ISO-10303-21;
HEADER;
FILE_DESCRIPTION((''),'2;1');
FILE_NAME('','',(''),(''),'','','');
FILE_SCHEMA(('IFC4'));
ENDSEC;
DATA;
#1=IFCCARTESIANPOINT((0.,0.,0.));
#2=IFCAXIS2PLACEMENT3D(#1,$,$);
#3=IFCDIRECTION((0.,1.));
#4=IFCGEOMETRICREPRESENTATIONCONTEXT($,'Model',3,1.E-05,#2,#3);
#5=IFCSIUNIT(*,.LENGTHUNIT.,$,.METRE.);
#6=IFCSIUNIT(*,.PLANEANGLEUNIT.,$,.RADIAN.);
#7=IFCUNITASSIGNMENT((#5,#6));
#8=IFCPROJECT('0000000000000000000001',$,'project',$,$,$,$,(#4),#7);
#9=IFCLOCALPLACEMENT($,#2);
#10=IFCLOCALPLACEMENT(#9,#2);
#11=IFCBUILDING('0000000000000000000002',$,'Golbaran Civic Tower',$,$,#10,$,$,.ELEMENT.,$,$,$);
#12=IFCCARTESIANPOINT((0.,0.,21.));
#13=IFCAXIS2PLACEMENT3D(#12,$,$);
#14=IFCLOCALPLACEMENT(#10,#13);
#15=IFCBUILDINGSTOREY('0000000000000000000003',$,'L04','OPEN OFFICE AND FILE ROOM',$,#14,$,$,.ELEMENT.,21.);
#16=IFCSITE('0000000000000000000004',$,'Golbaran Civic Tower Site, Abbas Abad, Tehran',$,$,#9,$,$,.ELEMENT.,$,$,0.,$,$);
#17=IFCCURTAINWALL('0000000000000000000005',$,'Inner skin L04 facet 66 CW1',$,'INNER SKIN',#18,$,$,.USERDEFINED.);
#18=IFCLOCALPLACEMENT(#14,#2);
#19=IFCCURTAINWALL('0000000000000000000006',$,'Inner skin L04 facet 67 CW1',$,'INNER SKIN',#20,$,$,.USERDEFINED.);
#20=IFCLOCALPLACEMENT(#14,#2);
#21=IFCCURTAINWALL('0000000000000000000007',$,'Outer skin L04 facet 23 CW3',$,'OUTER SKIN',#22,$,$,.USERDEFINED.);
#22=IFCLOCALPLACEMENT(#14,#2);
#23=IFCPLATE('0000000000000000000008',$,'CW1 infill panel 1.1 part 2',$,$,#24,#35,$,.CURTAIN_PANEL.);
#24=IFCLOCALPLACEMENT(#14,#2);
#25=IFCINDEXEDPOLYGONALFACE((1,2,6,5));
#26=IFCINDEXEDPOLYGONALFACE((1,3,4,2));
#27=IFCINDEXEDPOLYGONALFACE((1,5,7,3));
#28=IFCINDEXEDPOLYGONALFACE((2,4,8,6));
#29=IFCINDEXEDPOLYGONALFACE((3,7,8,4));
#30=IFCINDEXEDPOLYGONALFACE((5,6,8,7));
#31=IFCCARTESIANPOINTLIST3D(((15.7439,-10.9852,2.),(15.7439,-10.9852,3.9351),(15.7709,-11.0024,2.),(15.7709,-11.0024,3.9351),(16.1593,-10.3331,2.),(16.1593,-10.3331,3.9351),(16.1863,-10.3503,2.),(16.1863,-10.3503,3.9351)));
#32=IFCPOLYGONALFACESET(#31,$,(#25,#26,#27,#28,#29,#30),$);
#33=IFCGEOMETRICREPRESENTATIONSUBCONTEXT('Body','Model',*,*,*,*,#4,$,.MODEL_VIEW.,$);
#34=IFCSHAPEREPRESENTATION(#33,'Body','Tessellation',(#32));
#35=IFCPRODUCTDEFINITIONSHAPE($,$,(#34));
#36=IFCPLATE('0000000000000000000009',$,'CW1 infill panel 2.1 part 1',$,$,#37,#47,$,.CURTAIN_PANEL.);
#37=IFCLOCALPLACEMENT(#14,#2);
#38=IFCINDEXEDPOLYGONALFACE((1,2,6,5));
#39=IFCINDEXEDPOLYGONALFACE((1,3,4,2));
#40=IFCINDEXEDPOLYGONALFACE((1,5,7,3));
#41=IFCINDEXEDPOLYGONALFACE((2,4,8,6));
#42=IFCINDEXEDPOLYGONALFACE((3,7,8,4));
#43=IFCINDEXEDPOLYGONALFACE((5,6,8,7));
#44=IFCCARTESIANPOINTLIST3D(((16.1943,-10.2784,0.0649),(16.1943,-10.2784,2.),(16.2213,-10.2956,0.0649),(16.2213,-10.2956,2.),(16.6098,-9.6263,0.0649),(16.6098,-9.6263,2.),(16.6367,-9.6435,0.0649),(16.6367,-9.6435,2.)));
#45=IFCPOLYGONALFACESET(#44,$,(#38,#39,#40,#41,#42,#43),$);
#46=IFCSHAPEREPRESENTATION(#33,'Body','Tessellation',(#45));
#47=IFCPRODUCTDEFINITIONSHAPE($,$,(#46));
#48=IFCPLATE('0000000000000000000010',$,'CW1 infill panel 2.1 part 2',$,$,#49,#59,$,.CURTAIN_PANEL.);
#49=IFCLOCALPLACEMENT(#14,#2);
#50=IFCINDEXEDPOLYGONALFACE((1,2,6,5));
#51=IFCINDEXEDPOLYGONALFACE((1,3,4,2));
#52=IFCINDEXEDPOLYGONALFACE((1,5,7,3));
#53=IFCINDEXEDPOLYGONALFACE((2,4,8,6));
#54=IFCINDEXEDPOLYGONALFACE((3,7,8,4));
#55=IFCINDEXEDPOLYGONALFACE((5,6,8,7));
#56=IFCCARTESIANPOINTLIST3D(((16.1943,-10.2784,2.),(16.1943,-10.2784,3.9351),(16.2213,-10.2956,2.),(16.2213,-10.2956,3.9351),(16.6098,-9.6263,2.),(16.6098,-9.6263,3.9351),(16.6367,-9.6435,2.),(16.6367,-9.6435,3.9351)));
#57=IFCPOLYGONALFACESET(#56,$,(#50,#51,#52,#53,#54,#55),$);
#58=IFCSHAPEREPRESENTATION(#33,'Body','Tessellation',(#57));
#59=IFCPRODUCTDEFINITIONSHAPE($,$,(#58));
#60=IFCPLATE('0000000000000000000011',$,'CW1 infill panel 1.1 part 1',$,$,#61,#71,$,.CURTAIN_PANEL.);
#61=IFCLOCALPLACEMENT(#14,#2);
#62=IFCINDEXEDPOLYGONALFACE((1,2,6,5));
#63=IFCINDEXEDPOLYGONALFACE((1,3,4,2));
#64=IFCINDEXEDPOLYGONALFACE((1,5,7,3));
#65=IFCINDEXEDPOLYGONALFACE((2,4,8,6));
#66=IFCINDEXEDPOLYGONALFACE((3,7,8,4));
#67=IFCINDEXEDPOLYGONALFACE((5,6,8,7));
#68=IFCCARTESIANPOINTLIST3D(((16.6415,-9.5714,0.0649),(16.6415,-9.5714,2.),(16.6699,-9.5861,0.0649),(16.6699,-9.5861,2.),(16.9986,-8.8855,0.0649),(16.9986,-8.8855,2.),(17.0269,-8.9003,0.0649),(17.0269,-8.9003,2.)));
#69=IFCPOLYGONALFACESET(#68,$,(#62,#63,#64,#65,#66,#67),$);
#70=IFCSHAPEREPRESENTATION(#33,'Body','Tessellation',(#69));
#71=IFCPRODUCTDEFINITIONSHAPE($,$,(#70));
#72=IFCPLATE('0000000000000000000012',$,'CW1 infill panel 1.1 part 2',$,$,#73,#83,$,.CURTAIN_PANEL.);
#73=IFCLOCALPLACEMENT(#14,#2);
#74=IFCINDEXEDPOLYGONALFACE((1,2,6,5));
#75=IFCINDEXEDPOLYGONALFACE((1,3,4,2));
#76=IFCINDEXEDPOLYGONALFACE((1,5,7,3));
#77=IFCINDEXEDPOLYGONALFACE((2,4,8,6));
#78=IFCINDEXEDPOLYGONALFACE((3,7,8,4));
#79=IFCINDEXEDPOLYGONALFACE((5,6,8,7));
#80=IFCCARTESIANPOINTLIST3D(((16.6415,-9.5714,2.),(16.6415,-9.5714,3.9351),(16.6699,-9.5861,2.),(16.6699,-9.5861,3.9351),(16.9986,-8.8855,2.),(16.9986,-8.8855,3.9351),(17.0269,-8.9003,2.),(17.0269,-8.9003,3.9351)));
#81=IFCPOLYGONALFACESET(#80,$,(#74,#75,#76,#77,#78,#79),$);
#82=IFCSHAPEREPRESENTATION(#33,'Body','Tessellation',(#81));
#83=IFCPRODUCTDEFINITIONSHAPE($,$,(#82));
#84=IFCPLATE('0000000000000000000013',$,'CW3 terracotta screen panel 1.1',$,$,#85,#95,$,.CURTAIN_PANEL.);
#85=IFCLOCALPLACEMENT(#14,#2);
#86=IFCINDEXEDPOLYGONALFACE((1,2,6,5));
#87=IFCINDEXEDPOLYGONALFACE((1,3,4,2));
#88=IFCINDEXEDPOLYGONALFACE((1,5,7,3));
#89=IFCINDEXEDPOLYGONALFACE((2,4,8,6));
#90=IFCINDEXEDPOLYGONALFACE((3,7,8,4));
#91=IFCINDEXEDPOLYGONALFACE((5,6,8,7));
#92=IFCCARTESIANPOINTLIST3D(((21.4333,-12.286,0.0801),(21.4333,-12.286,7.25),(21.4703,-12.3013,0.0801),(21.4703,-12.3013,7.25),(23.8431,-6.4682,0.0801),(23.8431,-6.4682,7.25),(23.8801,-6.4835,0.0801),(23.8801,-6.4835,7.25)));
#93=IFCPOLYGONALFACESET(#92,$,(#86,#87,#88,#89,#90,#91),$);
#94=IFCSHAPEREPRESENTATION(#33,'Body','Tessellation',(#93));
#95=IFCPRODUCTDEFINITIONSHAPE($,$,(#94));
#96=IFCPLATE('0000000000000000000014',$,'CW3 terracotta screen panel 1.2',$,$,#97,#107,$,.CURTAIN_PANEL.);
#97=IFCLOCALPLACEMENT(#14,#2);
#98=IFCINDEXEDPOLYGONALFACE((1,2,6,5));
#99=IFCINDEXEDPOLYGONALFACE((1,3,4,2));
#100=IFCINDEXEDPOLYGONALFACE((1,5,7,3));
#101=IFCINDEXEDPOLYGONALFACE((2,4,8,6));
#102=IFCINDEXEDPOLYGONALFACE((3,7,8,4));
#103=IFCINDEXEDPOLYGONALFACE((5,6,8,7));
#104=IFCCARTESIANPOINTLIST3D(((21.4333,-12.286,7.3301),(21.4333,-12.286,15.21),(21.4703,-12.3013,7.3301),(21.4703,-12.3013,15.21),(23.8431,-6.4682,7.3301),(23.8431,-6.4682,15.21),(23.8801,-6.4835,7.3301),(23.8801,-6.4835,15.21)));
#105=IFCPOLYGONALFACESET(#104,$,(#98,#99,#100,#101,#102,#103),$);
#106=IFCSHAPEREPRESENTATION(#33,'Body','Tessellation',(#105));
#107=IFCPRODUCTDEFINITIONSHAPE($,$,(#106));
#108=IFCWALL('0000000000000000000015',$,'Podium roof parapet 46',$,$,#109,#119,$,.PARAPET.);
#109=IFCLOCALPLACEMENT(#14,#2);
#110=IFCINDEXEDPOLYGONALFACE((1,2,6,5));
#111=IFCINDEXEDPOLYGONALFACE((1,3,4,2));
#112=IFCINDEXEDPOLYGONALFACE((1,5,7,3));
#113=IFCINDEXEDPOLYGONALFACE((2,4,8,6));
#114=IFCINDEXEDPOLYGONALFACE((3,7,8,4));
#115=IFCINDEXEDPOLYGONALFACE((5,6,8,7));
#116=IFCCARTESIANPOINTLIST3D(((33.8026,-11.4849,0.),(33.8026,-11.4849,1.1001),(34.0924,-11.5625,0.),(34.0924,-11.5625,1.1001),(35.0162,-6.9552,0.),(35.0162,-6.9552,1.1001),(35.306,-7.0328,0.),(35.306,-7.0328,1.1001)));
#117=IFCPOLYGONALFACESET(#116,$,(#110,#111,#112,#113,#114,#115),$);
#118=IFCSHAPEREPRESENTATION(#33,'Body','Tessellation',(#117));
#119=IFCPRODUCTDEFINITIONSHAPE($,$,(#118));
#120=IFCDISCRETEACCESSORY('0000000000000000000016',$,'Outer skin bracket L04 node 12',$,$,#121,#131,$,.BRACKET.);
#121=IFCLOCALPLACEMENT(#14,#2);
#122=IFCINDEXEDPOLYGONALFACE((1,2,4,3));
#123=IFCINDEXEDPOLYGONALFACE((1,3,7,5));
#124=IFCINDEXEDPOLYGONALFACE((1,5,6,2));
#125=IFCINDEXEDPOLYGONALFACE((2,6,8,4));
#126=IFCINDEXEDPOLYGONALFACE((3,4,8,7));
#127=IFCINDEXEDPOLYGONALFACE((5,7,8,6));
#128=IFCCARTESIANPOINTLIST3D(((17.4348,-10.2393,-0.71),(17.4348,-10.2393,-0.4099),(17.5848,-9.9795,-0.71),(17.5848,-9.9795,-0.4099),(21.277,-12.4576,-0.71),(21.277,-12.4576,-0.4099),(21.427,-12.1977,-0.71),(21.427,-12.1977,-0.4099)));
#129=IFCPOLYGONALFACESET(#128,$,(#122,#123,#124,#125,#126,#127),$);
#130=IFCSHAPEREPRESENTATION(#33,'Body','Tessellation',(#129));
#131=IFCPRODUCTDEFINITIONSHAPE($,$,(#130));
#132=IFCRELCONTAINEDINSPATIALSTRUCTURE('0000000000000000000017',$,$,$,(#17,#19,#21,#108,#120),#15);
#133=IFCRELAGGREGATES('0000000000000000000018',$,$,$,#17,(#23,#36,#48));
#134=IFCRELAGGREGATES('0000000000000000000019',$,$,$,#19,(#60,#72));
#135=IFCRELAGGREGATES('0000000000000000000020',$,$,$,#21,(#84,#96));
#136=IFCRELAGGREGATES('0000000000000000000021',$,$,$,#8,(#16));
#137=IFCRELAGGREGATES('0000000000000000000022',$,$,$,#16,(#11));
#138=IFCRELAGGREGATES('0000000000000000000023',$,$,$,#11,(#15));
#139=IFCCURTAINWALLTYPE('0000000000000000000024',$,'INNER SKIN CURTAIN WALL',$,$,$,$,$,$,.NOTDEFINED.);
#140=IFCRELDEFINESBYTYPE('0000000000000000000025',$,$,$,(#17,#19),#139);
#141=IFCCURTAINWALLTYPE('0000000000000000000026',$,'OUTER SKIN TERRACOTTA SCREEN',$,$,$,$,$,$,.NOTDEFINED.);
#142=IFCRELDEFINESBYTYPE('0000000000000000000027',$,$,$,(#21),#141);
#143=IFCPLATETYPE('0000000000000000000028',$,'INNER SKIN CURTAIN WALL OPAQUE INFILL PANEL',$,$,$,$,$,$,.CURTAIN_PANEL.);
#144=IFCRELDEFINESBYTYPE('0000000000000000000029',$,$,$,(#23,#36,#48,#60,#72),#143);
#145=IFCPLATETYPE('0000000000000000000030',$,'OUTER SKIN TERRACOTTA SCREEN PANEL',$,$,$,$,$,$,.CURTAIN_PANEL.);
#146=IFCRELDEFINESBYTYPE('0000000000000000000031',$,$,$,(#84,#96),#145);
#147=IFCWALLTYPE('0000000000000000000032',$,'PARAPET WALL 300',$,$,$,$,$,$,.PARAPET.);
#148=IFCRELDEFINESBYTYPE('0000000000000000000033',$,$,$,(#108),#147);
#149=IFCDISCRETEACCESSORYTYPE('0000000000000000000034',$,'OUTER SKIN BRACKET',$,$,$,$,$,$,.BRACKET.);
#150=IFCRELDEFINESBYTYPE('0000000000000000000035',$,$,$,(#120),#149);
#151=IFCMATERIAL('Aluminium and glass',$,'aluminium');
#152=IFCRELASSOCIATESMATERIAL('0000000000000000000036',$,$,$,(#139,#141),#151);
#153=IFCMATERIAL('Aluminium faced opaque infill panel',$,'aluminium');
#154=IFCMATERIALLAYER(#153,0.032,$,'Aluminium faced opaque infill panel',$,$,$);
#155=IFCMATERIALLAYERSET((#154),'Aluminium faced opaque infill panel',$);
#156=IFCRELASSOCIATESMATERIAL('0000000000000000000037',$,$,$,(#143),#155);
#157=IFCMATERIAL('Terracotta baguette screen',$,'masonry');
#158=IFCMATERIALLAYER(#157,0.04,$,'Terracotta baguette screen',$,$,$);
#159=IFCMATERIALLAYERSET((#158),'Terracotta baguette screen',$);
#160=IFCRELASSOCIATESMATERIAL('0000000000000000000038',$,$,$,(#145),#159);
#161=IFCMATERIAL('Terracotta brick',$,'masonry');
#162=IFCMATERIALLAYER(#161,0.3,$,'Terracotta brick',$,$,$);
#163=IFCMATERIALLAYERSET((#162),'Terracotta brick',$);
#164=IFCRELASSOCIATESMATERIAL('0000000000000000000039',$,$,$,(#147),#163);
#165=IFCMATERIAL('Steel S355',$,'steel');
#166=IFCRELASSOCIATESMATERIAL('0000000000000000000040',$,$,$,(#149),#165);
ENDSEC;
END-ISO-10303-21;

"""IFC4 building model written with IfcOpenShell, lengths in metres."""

from ifc_helpers import new_model, si_unit, direction, frame, frame_2d, origin, origin_2d, place, context, subcontext, project, spatial, rectangle, extrude, material, layer, layer_set, type_object, element, aggregate, save


model = new_model("IFC4")

# Units and contexts
model_context = context("Model", 3, precision=1e-05, world=origin(), true_north=direction((0.0, 1.0)))
body_context = subcontext(model_context, "Body", "Model", "MODEL_VIEW")
ifc_project = project(units=[si_unit("LENGTHUNIT", "METRE"), si_unit("PLANEANGLEUNIT", "RADIAN")], contexts=[model_context])

# Site, building, storey
site_placement = place(None, origin())
site = spatial("IfcSite", under=ifc_project, at=site_placement, Name="Golbaran Civic Tower Site, Abbas Abad, Tehran", CompositionType="ELEMENT", RefElevation=0.0)
building_placement = place(site_placement, origin())
building = spatial("IfcBuilding", under=site, at=building_placement, Name="Golbaran Civic Tower", CompositionType="ELEMENT")
storey_placement = place(building_placement, frame((0.0, 0.0, 21.0)))
storey = spatial("IfcBuildingStorey", under=building, at=storey_placement, Name="L04", Description="OPEN OFFICE AND FILE ROOM", CompositionType="ELEMENT", Elevation=21.0)

# Shared definitions
ifc_material_1 = material(Name="Steel S355", Category="steel")

# Shared definitions
ifc_material_2 = material(Name="Aluminium and glass", Category="aluminium")
curtain_wall_type_1 = type_object("IfcCurtainWallType", Name="INNER SKIN CURTAIN WALL", PredefinedType="NOTDEFINED", material=ifc_material_2)

# Curtain wall
curtain_wall_1_placement = place(storey_placement, origin())
curtain_wall_1 = element("IfcCurtainWall", 1, at=curtain_wall_1_placement, inside=storey, type_object=curtain_wall_type_1, Name="Inner skin L04 facet 66 CW1", ObjectType="INNER SKIN", PredefinedType="USERDEFINED")

# Curtain wall
curtain_wall_2_placement = place(storey_placement, origin())
curtain_wall_2 = element("IfcCurtainWall", 2, at=curtain_wall_2_placement, inside=storey, type_object=curtain_wall_type_1, Name="Inner skin L04 facet 67 CW1", ObjectType="INNER SKIN", PredefinedType="USERDEFINED")

# Shared definitions
curtain_wall_type_2 = type_object("IfcCurtainWallType", Name="OUTER SKIN TERRACOTTA SCREEN", PredefinedType="NOTDEFINED", material=ifc_material_2)

# Curtain wall
curtain_wall_3_placement = place(storey_placement, origin())
curtain_wall_3 = element("IfcCurtainWall", 3, at=curtain_wall_3_placement, inside=storey, type_object=curtain_wall_type_2, Name="Outer skin L04 facet 23 CW3", ObjectType="OUTER SKIN", PredefinedType="USERDEFINED")

# Plates
ifc_material_3 = material(Name="Aluminium faced opaque infill panel", Category="aluminium")
ifc_layer_1 = layer(ifc_material_3, 0.032, Name="Aluminium faced opaque infill panel")
ifc_layer_set_1 = layer_set([ifc_layer_1], Name="Aluminium faced opaque infill panel")
plate_type_1 = type_object("IfcPlateType", Name="INNER SKIN CURTAIN WALL OPAQUE INFILL PANEL", PredefinedType="CURTAIN_PANEL", material=ifc_layer_set_1)
plate_1_placement = place(storey_placement, frame((15.9651, -10.6677, 2.0), z_axis=(0.0, 0.0, 1.0), x_axis=(0.5373, 0.843391, 0.0)))
plate_1 = element("IfcPlate", 4, at=plate_1_placement, type_object=plate_type_1, Name="CW1 infill panel 1.1 part 2", PredefinedType="CURTAIN_PANEL", context=body_context, shape_type="SweptSolid", body=[
    extrude(rectangle(XDim=0.7732, YDim=0.032, at=origin_2d()), origin(), (0.0, 0.0, 1.0), 1.9351),
])
plate_2_placement = place(storey_placement, frame((16.4155, -9.9609, 0.0649), z_axis=(0.0, 0.0, 1.0), x_axis=(0.5373, 0.843391, 0.0)))
plate_2 = element("IfcPlate", 5, at=plate_2_placement, type_object=plate_type_1, Name="CW1 infill panel 2.1 part 1", PredefinedType="CURTAIN_PANEL", context=body_context, shape_type="SweptSolid", body=[
    extrude(rectangle(XDim=0.7732, YDim=0.032, at=origin_2d()), origin(), (0.0, 0.0, 1.0), 1.9351),
])
plate_3_placement = place(storey_placement, frame((16.4155, -9.9609, 2.0), z_axis=(0.0, 0.0, 1.0), x_axis=(0.5373, 0.843391, 0.0)))
plate_3 = element("IfcPlate", 6, at=plate_3_placement, type_object=plate_type_1, Name="CW1 infill panel 2.1 part 2", PredefinedType="CURTAIN_PANEL", context=body_context, shape_type="SweptSolid", body=[
    extrude(rectangle(XDim=0.7732, YDim=0.032, at=origin_2d()), origin(), (0.0, 0.0, 1.0), 1.9351),
])
aggregate(curtain_wall_1, [plate_1, plate_2, plate_3])
plate_4_placement = place(storey_placement, frame((16.8342, -9.2358, 0.0649), z_axis=(0.0, 0.0, 1.0), x_axis=(0.461749, 0.887011, 0.0)))
plate_4 = element("IfcPlate", 7, at=plate_4_placement, type_object=plate_type_1, Name="CW1 infill panel 1.1 part 1", PredefinedType="CURTAIN_PANEL", context=body_context, shape_type="SweptSolid", body=[
    extrude(rectangle(XDim=0.7732, YDim=0.032, at=origin_2d()), origin(), (0.0, 0.0, 1.0), 1.9351),
])
plate_5_placement = place(storey_placement, frame((16.8342, -9.2358, 2.0), z_axis=(0.0, 0.0, 1.0), x_axis=(0.461749, 0.887011, 0.0)))
plate_5 = element("IfcPlate", 8, at=plate_5_placement, type_object=plate_type_1, Name="CW1 infill panel 1.1 part 2", PredefinedType="CURTAIN_PANEL", context=body_context, shape_type="SweptSolid", body=[
    extrude(rectangle(XDim=0.7732, YDim=0.032, at=origin_2d()), origin(), (0.0, 0.0, 1.0), 1.9351),
])
aggregate(curtain_wall_2, [plate_4, plate_5])
ifc_material_4 = material(Name="Terracotta baguette screen", Category="masonry")
ifc_layer_2 = layer(ifc_material_4, 0.04, Name="Terracotta baguette screen")
ifc_layer_set_2 = layer_set([ifc_layer_2], Name="Terracotta baguette screen")
plate_type_2 = type_object("IfcPlateType", Name="OUTER SKIN TERRACOTTA SCREEN PANEL", PredefinedType="CURTAIN_PANEL", material=ifc_layer_set_2)
plate_6_placement = place(storey_placement, frame((22.6567, -9.3848, 0.0801), z_axis=(0.0, 0.0, 1.0), x_axis=(0.382683, 0.92388, 0.0)))
plate_6 = element("IfcPlate", 9, at=plate_6_placement, type_object=plate_type_2, Name="CW3 terracotta screen panel 1.1", PredefinedType="CURTAIN_PANEL", context=body_context, shape_type="SweptSolid", body=[
    extrude(rectangle(XDim=6.2971, YDim=0.04, at=origin_2d()), origin(), (0.0, 0.0, 1.0), 7.1699),
])
plate_7_placement = place(storey_placement, frame((22.6567, -9.3848, 7.3301), z_axis=(0.0, 0.0, 1.0), x_axis=(0.382683, 0.92388, 0.0)))
plate_7 = element("IfcPlate", 10, at=plate_7_placement, type_object=plate_type_2, Name="CW3 terracotta screen panel 1.2", PredefinedType="CURTAIN_PANEL", context=body_context, shape_type="SweptSolid", body=[
    extrude(rectangle(XDim=6.2971, YDim=0.04, at=origin_2d()), origin(), (0.0, 0.0, 1.0), 7.8799),
])
aggregate(curtain_wall_3, [plate_6, plate_7])

# Wall
ifc_material_5 = material(Name="Terracotta brick", Category="masonry")
ifc_layer_3 = layer(ifc_material_5, 0.3, Name="Terracotta brick")
ifc_layer_set_3 = layer_set([ifc_layer_3], Name="Terracotta brick")
wall_type = type_object("IfcWallType", Name="PARAPET WALL 300", PredefinedType="PARAPET", material=ifc_layer_set_3)
wall_placement = place(storey_placement, frame((33.9475, -11.5237, 0.0), z_axis=(0.0, 0.0, 1.0), x_axis=(0.258793, 0.965933, 0.0)))
element("IfcWall", 11, at=wall_placement, inside=storey, type_object=wall_type, Name="Podium roof parapet 46", PredefinedType="PARAPET", context=body_context, shape_type="SweptSolid", body=[
    extrude(rectangle(XDim=4.6895, YDim=0.3, at=frame_2d((2.3447, 0.0))), origin(), (0.0, 0.0, 1.0), 1.1001),
])

# Discrete accessory
discrete_accessory_type = type_object("IfcDiscreteAccessoryType", Name="OUTER SKIN BRACKET", PredefinedType="BRACKET", material=ifc_material_1)
discrete_accessory_placement = place(storey_placement, frame((19.4309, -11.2185, -0.71), z_axis=(0.0, 0.0, 1.0), x_axis=(0.866025, -0.5, 0.0)))
element("IfcDiscreteAccessory", 12, at=discrete_accessory_placement, inside=storey, type_object=discrete_accessory_type, Name="Outer skin bracket L04 node 12", PredefinedType="BRACKET", context=body_context, shape_type="SweptSolid", body=[
    extrude(rectangle(XDim=4.4365, YDim=0.3, at=origin_2d()), origin(), (0.0, 0.0, 1.0), 0.3),
])

save(model, "model.ifc")
